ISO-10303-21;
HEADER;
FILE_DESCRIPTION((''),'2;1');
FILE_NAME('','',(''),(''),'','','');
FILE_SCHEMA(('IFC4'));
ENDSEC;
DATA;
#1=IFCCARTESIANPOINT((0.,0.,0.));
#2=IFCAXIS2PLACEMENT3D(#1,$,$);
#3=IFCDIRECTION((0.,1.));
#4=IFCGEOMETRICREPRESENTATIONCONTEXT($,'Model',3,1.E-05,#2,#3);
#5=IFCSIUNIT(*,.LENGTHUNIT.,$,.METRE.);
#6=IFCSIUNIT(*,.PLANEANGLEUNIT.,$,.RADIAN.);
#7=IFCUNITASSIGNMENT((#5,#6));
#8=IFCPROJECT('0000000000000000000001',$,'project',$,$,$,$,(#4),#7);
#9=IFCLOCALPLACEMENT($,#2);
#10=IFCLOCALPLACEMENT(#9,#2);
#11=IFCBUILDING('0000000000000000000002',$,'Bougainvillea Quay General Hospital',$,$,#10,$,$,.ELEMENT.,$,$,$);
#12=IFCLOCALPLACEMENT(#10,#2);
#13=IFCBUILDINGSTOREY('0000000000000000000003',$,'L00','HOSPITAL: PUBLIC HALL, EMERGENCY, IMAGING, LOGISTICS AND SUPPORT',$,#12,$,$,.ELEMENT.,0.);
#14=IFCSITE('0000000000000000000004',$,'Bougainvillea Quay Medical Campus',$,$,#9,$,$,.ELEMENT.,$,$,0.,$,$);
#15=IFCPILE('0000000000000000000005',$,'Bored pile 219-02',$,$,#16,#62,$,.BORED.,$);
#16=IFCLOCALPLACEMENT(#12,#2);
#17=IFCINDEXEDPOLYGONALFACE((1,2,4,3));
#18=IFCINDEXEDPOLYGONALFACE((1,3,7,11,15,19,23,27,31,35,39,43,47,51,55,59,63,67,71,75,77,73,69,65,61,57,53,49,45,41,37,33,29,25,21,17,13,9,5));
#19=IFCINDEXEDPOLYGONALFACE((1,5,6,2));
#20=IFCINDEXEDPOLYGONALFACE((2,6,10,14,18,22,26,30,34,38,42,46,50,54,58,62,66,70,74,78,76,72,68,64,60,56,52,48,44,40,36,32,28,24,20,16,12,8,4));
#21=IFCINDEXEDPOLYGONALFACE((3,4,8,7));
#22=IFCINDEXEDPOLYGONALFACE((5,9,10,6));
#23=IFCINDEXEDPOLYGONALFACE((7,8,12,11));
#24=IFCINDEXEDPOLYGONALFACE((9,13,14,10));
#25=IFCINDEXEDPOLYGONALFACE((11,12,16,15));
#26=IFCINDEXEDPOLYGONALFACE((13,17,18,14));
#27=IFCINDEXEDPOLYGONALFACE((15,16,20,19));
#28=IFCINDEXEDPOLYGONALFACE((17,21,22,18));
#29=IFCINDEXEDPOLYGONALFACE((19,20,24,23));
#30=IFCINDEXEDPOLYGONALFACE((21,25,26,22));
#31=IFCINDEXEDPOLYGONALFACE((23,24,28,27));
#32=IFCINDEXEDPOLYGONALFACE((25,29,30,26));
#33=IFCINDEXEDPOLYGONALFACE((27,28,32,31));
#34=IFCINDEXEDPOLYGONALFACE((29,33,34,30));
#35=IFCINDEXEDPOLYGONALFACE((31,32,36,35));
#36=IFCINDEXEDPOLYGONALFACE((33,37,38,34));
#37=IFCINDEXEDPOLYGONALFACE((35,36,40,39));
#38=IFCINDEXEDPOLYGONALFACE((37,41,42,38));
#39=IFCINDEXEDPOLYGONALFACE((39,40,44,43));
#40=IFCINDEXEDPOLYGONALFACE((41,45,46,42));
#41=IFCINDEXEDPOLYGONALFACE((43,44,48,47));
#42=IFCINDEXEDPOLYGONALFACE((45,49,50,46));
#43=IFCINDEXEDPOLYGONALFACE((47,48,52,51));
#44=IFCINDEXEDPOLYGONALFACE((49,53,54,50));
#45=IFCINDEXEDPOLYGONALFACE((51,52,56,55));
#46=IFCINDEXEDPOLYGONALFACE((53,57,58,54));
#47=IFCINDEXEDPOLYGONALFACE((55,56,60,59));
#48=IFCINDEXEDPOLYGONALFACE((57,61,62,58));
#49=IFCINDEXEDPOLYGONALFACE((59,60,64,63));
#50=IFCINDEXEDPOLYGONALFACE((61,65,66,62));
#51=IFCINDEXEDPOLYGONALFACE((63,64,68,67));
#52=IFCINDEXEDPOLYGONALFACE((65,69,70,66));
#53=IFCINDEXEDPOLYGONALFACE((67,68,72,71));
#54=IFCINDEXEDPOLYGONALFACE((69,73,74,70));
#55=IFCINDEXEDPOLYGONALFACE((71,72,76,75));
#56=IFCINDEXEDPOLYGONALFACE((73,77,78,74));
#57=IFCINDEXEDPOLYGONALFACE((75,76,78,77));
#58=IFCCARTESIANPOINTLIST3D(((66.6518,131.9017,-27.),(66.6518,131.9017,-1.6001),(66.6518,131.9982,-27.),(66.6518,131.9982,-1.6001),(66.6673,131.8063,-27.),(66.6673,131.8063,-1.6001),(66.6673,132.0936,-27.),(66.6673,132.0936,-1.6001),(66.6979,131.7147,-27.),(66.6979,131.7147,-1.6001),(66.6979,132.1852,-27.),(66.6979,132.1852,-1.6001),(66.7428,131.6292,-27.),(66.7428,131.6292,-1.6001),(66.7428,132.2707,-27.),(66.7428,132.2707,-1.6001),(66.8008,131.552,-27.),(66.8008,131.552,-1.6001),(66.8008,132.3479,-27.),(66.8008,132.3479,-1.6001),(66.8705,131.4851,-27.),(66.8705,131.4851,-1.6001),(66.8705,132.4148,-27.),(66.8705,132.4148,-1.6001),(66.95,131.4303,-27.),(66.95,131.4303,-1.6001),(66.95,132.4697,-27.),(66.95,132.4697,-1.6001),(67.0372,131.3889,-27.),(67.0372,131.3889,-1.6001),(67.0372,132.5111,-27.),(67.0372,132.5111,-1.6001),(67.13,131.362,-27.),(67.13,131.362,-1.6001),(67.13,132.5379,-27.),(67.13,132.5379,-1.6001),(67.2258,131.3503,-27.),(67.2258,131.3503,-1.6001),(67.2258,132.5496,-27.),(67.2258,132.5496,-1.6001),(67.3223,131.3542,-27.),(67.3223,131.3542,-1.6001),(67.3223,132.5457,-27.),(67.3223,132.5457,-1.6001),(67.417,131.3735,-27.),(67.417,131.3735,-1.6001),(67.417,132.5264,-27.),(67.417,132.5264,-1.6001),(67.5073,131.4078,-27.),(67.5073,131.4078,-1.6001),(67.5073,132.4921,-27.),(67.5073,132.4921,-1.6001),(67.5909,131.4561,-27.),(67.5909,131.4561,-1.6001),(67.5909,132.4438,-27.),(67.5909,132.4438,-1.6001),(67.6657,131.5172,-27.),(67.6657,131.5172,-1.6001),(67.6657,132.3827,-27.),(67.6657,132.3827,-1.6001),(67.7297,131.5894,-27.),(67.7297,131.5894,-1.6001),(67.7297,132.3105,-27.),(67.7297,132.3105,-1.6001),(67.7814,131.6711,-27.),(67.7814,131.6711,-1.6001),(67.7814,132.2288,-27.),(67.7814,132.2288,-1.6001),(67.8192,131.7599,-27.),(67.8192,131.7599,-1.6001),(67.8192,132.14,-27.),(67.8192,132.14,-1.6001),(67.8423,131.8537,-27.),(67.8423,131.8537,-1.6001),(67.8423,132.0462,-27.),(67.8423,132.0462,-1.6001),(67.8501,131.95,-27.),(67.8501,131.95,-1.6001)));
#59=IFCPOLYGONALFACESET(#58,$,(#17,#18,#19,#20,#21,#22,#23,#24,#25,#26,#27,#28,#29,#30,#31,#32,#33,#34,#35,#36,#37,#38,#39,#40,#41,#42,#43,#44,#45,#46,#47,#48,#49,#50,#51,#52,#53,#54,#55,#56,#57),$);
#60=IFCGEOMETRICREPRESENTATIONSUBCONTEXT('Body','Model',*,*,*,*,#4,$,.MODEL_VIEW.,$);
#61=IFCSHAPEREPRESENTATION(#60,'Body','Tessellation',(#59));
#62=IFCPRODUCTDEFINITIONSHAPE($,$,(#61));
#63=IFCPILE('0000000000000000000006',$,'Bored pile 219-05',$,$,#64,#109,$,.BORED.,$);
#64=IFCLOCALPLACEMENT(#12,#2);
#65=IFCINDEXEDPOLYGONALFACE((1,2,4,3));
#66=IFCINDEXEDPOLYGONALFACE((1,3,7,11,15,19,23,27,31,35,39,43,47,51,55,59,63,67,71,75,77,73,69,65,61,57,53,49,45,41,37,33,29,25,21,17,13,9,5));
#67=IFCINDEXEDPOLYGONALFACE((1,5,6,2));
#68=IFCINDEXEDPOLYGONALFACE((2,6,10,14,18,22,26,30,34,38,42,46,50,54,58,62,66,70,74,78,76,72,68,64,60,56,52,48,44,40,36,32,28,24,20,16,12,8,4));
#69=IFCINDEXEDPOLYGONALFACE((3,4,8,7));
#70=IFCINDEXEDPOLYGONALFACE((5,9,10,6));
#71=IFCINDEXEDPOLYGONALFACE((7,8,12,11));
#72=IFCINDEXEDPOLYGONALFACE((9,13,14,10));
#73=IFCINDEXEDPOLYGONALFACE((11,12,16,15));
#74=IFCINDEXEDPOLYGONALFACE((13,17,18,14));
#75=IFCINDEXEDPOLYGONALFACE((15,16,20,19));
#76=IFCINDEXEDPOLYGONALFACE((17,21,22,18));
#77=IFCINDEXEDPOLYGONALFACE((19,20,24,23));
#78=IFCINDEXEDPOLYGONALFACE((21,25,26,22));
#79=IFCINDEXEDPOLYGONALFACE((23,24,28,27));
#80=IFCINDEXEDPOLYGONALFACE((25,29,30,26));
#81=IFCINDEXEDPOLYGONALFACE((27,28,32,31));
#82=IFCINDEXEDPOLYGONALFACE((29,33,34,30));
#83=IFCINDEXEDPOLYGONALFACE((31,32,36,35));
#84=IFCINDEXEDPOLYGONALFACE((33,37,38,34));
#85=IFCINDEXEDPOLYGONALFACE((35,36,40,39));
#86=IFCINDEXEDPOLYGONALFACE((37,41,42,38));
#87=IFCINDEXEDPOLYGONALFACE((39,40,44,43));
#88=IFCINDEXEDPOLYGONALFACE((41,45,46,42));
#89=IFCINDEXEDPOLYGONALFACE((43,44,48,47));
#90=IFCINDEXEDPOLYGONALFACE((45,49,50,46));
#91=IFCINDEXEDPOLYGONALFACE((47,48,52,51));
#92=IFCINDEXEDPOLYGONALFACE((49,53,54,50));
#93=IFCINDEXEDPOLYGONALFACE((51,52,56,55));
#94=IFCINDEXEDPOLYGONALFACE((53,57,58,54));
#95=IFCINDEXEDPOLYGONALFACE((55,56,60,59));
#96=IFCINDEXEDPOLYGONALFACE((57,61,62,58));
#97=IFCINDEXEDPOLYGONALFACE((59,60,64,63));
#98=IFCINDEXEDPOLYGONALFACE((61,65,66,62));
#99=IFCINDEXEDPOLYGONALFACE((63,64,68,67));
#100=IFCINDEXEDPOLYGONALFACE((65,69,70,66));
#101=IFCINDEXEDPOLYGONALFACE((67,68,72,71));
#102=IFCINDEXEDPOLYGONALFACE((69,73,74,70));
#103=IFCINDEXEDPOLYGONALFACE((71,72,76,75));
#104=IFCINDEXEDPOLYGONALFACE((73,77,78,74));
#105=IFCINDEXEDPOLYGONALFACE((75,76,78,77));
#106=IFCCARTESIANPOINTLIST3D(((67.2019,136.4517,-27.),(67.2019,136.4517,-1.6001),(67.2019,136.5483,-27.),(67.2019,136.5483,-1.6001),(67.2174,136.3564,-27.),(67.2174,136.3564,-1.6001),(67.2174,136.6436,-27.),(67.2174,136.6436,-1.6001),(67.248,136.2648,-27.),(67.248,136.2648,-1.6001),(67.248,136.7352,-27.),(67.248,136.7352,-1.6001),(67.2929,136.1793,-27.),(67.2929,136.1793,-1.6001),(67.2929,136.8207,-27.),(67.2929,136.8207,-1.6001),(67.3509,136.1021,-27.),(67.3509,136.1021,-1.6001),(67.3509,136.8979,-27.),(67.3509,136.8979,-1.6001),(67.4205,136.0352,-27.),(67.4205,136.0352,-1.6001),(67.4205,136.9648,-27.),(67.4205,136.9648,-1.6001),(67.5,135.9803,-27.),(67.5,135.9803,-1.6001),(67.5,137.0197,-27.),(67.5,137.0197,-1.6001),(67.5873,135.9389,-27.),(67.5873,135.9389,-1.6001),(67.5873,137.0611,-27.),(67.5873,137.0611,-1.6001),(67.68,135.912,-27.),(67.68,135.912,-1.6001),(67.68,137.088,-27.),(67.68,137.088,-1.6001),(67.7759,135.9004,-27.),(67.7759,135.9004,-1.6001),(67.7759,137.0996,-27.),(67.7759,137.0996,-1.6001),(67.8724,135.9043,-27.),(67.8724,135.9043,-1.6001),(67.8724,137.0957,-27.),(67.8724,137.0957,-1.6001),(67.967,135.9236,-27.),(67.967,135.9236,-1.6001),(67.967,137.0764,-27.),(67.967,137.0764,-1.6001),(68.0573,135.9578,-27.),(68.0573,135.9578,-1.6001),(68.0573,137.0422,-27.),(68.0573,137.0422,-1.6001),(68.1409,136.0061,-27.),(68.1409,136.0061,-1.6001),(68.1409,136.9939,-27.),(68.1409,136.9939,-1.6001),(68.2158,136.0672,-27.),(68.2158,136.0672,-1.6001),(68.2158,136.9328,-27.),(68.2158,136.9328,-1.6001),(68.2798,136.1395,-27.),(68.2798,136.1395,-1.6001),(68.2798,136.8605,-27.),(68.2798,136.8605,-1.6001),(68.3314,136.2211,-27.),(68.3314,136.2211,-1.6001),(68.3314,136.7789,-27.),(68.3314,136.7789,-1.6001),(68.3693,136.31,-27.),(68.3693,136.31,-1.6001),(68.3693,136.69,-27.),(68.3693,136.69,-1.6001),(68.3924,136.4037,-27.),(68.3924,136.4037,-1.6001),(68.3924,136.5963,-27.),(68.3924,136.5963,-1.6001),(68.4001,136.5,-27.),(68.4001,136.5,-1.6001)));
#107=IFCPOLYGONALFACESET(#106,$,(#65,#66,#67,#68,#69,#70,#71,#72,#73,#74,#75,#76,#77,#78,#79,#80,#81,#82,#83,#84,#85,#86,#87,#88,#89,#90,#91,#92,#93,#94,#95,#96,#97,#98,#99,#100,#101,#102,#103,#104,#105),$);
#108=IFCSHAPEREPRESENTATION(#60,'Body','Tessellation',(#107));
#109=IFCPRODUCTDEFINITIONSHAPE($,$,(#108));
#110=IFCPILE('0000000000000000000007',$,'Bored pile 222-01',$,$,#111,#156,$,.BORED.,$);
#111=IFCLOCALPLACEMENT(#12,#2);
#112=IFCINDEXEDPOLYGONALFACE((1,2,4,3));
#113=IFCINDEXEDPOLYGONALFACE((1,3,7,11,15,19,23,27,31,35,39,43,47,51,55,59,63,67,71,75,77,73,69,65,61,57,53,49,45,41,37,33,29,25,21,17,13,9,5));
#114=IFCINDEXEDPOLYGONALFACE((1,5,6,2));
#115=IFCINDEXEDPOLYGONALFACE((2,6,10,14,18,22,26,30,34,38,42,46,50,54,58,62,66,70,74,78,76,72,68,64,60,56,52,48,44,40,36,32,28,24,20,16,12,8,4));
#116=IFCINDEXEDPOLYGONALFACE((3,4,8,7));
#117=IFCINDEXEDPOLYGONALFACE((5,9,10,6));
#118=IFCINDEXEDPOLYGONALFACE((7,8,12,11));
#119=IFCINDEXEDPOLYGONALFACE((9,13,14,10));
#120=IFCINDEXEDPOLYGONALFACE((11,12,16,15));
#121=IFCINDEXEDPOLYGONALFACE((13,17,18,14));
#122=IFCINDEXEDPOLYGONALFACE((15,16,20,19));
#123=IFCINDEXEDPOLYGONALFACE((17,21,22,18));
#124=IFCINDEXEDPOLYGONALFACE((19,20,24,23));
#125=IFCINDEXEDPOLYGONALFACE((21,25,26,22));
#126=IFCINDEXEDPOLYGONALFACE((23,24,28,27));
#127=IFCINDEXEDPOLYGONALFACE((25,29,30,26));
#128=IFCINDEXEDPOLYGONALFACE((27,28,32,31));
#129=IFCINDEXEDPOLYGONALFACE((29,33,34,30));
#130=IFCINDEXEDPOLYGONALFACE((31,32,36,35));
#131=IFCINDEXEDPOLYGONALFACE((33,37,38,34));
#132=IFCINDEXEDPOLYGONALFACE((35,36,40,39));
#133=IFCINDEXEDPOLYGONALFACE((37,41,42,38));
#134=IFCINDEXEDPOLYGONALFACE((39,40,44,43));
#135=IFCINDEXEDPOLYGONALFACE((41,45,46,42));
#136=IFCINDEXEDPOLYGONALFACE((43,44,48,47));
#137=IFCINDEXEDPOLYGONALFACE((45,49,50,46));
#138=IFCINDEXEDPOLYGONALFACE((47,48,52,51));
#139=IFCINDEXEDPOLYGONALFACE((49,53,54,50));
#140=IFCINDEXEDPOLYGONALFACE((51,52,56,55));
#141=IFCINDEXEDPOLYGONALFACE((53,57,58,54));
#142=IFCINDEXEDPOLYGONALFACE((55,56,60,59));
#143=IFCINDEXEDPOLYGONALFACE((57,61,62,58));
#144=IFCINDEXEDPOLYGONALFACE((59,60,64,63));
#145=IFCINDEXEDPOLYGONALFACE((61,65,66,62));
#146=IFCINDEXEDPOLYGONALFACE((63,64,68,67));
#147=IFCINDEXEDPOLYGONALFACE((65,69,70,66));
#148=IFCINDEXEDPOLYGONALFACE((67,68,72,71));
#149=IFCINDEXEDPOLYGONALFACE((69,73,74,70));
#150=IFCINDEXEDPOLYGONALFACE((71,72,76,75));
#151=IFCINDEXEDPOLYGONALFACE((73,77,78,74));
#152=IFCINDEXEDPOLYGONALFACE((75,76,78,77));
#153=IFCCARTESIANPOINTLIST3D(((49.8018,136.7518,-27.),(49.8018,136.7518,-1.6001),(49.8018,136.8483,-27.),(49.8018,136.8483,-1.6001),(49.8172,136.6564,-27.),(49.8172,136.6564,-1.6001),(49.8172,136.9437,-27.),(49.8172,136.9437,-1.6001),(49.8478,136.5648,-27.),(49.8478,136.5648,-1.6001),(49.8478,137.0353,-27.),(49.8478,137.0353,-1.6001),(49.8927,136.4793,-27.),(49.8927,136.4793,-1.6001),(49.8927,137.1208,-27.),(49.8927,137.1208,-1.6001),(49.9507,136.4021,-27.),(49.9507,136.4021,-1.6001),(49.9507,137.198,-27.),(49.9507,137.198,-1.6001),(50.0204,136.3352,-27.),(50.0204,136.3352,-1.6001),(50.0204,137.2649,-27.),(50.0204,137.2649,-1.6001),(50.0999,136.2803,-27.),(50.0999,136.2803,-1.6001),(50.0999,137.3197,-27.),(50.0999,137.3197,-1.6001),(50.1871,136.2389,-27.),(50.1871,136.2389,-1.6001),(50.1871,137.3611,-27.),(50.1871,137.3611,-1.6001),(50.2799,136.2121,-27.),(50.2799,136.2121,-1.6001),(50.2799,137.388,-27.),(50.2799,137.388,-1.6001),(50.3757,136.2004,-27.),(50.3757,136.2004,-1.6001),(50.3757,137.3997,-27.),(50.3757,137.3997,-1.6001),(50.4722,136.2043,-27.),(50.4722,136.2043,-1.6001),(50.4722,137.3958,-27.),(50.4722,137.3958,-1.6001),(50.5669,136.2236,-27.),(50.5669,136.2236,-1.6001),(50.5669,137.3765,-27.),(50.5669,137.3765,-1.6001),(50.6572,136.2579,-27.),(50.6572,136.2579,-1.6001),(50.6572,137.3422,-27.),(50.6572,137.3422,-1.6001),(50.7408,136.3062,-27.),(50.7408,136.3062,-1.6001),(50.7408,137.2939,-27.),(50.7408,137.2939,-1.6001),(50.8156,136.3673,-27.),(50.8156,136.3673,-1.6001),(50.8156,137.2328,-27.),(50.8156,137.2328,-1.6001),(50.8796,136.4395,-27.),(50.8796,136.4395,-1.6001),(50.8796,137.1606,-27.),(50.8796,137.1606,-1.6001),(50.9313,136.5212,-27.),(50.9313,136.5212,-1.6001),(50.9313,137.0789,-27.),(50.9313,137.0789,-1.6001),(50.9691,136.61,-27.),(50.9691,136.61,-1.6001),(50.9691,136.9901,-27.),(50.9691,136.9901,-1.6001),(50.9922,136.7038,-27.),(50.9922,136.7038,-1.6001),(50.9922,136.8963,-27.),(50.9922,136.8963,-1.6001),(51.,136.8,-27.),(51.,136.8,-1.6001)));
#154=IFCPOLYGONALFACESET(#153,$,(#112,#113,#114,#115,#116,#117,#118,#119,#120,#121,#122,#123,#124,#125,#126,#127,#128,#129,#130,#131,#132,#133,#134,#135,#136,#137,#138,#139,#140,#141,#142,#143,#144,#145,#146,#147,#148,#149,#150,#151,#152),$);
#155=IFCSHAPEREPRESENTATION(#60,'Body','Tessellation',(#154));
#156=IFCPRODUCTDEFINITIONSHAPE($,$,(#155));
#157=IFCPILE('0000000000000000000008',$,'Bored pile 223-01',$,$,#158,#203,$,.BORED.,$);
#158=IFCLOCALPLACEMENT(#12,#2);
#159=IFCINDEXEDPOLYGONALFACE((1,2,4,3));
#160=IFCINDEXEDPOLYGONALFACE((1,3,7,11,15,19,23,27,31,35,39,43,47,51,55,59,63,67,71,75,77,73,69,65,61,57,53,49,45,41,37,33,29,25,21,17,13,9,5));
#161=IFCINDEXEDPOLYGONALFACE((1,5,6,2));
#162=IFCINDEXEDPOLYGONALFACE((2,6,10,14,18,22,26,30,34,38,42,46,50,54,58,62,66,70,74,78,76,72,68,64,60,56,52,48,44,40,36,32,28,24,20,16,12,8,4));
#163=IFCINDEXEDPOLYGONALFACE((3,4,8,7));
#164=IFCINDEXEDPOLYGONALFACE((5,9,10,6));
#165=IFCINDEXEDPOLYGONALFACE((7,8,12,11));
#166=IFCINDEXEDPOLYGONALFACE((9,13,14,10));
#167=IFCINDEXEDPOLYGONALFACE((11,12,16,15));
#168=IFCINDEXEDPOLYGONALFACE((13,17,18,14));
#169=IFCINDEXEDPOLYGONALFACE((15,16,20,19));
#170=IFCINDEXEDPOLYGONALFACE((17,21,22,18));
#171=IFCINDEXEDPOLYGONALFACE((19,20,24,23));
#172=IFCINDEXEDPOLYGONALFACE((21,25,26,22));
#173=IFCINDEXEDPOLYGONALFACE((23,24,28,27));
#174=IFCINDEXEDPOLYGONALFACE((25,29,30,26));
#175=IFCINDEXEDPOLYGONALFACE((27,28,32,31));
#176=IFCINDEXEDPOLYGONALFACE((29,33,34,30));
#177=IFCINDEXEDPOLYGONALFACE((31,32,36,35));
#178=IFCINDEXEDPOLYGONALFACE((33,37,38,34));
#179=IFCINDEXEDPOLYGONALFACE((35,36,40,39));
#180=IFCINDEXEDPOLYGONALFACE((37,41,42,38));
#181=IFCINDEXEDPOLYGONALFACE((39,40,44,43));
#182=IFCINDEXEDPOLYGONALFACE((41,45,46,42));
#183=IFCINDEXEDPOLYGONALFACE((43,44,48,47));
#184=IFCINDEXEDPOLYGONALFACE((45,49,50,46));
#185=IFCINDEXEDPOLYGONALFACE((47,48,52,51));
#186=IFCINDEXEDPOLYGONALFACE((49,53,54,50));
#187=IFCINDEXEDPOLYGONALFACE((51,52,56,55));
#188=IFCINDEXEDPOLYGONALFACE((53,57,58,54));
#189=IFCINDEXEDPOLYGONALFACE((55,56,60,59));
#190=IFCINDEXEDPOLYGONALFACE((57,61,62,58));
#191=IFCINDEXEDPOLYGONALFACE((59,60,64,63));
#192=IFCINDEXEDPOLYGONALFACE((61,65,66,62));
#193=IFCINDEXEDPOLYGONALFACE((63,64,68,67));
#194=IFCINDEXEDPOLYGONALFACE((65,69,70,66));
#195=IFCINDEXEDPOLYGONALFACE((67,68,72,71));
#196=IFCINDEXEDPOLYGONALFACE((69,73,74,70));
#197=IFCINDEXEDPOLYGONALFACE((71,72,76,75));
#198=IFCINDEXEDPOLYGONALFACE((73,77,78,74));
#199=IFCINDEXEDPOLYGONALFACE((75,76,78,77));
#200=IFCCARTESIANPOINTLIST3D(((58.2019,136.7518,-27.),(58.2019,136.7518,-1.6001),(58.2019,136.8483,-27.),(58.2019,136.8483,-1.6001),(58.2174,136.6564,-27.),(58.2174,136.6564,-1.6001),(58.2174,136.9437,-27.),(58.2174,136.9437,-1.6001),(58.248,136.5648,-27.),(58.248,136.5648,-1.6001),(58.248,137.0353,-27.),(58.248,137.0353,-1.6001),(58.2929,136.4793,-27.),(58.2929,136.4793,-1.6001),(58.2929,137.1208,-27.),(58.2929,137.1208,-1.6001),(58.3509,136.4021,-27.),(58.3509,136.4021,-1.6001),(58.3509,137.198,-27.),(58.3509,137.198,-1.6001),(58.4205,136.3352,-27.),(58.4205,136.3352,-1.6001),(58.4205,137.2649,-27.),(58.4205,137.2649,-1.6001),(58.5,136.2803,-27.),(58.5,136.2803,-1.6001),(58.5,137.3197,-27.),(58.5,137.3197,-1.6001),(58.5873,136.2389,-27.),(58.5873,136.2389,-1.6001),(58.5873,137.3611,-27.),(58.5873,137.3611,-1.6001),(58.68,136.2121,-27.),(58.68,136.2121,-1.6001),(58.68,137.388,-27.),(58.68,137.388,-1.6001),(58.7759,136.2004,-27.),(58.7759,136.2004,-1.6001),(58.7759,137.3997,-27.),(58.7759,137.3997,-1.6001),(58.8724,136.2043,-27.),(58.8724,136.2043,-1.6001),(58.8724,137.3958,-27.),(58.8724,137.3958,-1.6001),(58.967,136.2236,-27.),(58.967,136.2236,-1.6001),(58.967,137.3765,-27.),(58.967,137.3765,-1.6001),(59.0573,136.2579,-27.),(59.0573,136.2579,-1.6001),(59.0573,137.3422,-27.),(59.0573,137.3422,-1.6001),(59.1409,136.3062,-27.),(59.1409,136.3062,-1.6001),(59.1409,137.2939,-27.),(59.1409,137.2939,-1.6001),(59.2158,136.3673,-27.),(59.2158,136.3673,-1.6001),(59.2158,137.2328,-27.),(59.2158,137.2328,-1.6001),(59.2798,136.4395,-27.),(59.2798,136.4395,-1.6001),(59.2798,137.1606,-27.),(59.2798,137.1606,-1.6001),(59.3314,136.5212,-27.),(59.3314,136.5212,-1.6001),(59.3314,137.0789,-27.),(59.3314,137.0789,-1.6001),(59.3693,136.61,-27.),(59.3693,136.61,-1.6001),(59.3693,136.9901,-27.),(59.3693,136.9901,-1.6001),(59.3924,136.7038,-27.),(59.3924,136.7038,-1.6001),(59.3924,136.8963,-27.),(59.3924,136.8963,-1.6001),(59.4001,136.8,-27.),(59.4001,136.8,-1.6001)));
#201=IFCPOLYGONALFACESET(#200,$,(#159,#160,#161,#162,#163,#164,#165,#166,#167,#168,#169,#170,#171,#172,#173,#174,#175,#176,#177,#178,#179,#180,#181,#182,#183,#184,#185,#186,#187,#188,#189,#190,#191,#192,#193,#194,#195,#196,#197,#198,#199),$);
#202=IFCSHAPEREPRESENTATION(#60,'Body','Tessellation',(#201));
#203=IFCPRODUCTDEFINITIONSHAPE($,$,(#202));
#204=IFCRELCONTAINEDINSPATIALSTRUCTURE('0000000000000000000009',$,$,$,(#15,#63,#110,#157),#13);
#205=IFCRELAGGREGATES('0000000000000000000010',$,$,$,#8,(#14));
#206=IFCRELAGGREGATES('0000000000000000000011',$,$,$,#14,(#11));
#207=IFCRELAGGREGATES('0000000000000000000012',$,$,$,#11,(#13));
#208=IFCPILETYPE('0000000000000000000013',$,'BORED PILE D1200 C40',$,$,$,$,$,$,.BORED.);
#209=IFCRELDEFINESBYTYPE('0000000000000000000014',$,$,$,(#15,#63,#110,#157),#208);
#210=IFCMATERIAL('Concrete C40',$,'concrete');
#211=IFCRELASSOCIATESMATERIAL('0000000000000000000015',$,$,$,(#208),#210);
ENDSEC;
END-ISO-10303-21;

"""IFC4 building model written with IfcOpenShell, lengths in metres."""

from ifc_helpers import new_model, si_unit, direction, frame, origin, origin_2d, place, context, subcontext, project, spatial, circle, extrude, material, material_profile, profile_set, type_object, element, save


model = new_model("IFC4")

# Units and contexts
model_context = context("Model", 3, precision=1e-05, world=origin(), true_north=direction((0.0, 1.0)))
body_context = subcontext(model_context, "Body", "Model", "MODEL_VIEW")
ifc_project = project(units=[si_unit("LENGTHUNIT", "METRE"), si_unit("PLANEANGLEUNIT", "RADIAN")], contexts=[model_context])

# Site, building, storey
site_placement = place(None, origin())
site = spatial("IfcSite", under=ifc_project, at=site_placement, Name="Bougainvillea Quay Medical Campus", CompositionType="ELEMENT", RefElevation=0.0)
building_placement = place(site_placement, origin())
building = spatial("IfcBuilding", under=site, at=building_placement, Name="Bougainvillea Quay General Hospital", CompositionType="ELEMENT")
storey_placement = place(building_placement, origin())
storey = spatial("IfcBuildingStorey", under=building, at=storey_placement, Name="L00", Description="HOSPITAL: PUBLIC HALL, EMERGENCY, IMAGING, LOGISTICS AND SUPPORT", CompositionType="ELEMENT", Elevation=0.0)

# Piles
ifc_material_1 = material(Name="Concrete C40", Category="concrete")
ifc_material_profile_1 = material_profile(ifc_material_1, circle(Radius=0.6001, at=origin_2d()))
ifc_profile_set_1 = profile_set([ifc_material_profile_1], Name="Concrete C40")
pile_type = type_object("IfcPileType", Name="BORED PILE D1200 C40", PredefinedType="BORED", material=ifc_profile_set_1)
for number, where, z_axis, x_axis, name in (
    (1, (67.25, 131.95, -1.6001), (0.0, 0.0, -1.0), (1.0, 0.0, 0.0), "Bored pile 219-02"),
    (2, (67.8, 136.5, -1.6001), (0.0, 0.0, -1.0), (1.0, 0.0, 0.0), "Bored pile 219-05"),
    (3, (50.3999, 136.8, -1.6001), (0.0, 0.0, -1.0), (1.0, 0.0, 0.0), "Bored pile 222-01"),
    (4, (58.8, 136.8, -1.6001), (0.0, 0.0, -1.0), (1.0, 0.0, 0.0), "Bored pile 223-01"),
):
    element("IfcPile", number, at=place(storey_placement, frame(where, z_axis=z_axis, x_axis=x_axis)), inside=storey, type_object=pile_type, Name=name, PredefinedType="BORED", context=body_context, shape_type="SweptSolid", body=[
        extrude(circle(Radius=0.6001, at=origin_2d()), origin(), (0.0, 0.0, 1.0), 25.3999),
    ])

save(model, "model.ifc")
